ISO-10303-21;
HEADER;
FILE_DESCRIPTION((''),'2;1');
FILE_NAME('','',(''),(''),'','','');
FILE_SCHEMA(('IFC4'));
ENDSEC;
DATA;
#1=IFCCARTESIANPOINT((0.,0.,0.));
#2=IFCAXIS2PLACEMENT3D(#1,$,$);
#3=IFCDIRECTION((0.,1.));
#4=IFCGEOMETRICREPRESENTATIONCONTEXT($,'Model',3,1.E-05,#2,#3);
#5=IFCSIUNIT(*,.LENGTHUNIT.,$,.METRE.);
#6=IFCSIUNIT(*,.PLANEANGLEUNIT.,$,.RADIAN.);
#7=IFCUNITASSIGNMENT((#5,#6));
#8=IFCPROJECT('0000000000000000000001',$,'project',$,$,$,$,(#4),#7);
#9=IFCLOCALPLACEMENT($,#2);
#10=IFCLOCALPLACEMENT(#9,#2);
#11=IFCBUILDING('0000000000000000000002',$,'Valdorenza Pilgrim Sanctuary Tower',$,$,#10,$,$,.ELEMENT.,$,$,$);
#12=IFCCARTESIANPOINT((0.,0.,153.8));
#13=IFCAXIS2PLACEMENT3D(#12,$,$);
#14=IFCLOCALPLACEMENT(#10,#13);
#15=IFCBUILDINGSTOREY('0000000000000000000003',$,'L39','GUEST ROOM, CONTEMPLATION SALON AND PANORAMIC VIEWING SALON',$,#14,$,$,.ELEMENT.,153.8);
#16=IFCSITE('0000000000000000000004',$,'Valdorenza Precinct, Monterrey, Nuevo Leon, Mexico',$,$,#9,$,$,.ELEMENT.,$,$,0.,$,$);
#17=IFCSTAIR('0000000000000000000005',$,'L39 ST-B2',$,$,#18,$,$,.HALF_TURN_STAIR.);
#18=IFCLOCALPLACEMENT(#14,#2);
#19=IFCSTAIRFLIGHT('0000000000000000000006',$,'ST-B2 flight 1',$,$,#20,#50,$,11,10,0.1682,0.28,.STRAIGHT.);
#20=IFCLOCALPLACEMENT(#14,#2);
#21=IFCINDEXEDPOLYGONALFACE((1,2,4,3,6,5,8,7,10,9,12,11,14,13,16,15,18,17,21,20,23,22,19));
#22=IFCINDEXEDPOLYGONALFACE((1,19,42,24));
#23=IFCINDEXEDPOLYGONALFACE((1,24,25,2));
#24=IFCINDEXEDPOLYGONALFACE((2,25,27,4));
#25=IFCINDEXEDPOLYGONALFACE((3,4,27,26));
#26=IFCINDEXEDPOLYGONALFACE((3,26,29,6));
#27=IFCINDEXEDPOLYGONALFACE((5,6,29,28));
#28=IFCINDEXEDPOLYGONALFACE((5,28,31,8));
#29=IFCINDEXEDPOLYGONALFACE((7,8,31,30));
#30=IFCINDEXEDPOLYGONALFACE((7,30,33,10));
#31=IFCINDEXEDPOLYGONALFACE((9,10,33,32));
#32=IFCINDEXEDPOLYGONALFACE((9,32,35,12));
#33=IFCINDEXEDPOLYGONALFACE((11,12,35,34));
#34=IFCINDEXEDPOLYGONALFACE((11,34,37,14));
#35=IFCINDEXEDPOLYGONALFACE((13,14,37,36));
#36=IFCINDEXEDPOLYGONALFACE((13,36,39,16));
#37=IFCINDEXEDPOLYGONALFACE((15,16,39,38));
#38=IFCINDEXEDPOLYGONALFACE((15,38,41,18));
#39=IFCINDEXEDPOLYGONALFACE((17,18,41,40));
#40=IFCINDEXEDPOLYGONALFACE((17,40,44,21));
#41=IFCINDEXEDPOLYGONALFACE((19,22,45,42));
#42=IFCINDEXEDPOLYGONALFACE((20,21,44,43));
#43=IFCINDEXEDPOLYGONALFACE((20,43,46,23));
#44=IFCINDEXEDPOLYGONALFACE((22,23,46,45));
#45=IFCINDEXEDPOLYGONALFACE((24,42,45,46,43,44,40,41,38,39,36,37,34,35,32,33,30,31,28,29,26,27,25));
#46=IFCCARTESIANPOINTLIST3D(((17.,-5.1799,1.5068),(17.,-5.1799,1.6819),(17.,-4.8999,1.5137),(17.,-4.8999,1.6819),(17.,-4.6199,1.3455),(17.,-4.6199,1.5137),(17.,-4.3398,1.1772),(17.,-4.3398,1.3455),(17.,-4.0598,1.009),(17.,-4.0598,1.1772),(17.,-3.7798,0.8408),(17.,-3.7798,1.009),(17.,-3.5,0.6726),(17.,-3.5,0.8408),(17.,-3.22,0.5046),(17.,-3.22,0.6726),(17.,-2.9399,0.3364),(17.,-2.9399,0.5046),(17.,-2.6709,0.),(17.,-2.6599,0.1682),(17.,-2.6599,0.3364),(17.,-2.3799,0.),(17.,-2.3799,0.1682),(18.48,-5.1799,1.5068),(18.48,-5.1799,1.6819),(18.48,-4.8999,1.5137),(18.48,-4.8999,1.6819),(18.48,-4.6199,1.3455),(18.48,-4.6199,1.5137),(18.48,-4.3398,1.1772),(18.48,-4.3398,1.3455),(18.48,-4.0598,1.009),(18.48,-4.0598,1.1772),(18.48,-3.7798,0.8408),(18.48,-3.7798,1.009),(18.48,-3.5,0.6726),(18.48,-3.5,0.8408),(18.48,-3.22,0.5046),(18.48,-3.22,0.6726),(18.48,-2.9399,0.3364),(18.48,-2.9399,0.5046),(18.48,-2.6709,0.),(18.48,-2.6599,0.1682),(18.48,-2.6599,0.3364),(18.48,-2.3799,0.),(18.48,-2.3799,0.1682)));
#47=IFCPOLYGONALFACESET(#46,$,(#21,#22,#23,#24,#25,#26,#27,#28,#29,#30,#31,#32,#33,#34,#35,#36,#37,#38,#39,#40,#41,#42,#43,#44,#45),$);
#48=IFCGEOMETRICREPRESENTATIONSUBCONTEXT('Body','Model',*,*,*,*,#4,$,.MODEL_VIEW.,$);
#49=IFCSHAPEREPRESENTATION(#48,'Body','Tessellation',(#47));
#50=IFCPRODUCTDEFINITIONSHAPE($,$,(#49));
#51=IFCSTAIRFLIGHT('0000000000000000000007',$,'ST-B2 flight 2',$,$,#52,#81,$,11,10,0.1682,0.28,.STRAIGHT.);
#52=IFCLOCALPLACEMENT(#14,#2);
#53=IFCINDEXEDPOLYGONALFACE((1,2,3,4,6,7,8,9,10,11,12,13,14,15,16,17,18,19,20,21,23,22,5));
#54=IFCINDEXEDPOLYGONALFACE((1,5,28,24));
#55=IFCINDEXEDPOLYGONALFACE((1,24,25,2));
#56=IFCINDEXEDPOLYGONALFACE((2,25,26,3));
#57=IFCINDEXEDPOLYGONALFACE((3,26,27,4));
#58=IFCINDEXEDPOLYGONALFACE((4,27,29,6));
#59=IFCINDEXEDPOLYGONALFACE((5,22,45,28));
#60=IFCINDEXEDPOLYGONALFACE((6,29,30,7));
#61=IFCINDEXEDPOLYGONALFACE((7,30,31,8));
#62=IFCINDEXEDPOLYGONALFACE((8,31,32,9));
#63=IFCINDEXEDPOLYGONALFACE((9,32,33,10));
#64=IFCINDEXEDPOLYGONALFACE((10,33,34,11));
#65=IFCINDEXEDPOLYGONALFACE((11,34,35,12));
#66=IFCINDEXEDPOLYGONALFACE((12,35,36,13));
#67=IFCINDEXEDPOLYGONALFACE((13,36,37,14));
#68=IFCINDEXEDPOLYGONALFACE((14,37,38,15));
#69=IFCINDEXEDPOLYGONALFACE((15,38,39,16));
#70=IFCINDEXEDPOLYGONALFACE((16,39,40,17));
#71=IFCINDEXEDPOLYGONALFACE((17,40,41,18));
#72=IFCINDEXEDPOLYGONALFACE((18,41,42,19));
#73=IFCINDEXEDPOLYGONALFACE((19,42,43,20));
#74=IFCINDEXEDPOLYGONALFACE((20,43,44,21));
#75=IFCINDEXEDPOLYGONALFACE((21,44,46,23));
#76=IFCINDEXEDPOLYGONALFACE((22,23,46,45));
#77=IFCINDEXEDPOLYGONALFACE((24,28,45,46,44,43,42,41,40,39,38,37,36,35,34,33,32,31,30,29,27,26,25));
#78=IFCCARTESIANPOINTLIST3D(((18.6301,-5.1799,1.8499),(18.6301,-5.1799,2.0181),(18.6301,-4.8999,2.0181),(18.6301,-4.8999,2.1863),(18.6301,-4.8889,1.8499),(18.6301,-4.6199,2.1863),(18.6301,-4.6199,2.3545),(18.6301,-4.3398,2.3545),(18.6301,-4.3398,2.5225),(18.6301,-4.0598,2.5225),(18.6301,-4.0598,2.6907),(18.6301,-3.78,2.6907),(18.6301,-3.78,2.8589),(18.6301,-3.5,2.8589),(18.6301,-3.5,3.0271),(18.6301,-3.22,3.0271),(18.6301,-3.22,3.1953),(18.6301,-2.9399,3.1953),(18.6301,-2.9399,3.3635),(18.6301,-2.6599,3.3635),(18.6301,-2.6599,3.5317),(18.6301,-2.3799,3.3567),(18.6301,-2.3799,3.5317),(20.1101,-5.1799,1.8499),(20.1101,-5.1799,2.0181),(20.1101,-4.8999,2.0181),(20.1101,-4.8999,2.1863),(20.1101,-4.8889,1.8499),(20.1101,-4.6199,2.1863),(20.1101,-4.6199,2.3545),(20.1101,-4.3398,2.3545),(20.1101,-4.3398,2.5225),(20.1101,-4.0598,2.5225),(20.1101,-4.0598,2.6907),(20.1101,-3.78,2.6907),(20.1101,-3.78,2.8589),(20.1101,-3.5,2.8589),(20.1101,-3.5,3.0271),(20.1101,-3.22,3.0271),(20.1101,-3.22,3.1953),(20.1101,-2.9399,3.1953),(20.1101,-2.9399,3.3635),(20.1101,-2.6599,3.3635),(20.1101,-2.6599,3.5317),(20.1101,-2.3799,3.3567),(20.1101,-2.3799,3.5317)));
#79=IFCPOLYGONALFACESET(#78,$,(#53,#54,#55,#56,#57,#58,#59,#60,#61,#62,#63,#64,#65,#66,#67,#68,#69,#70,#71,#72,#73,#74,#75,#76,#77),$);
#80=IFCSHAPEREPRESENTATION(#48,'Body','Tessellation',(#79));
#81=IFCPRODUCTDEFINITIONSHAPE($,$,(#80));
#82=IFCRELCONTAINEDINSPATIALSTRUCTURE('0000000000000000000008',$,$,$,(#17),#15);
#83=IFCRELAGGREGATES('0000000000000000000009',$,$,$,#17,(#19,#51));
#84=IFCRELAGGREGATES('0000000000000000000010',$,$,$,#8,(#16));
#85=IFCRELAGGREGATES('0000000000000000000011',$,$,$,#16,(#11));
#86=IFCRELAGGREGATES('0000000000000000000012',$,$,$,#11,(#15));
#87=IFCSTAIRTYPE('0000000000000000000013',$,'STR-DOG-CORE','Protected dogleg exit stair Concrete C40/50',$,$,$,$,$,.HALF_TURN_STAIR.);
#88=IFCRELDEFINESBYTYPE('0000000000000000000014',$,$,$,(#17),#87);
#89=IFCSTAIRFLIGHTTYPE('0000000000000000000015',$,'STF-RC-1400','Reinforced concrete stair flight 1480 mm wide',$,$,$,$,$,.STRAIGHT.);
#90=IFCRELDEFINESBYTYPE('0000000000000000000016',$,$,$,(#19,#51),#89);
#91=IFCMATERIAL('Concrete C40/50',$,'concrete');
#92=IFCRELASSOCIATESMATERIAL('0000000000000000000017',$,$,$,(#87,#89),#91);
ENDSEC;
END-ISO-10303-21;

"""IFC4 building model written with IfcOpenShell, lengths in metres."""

from ifc_helpers import new_model, si_unit, direction, frame, origin, place, context, subcontext, project, spatial, polyline, outline, extrude, material, type_object, element, aggregate, save


model = new_model("IFC4")

# Units and contexts
model_context = context("Model", 3, precision=1e-05, world=origin(), true_north=direction((0.0, 1.0)))
body_context = subcontext(model_context, "Body", "Model", "MODEL_VIEW")
ifc_project = project(units=[si_unit("LENGTHUNIT", "METRE"), si_unit("PLANEANGLEUNIT", "RADIAN")], contexts=[model_context])

# Site, building, storey
site_placement = place(None, origin())
site = spatial("IfcSite", under=ifc_project, at=site_placement, Name="Valdorenza Precinct, Monterrey, Nuevo Leon, Mexico", CompositionType="ELEMENT", RefElevation=0.0)
building_placement = place(site_placement, origin())
building = spatial("IfcBuilding", under=site, at=building_placement, Name="Valdorenza Pilgrim Sanctuary Tower", CompositionType="ELEMENT")
storey_placement = place(building_placement, frame((0.0, 0.0, 153.8)))
storey = spatial("IfcBuildingStorey", under=building, at=storey_placement, Name="L39", Description="GUEST ROOM, CONTEMPLATION SALON AND PANORAMIC VIEWING SALON", CompositionType="ELEMENT", Elevation=153.8)

# Shared definitions
ifc_material_1 = material(Name="Concrete C40/50", Category="concrete")

# Stair, stair flights
stair_type = type_object("IfcStairType", Name="STR-DOG-CORE", Description="Protected dogleg exit stair Concrete C40/50", PredefinedType="HALF_TURN_STAIR", material=ifc_material_1)
stair_placement = place(storey_placement, origin())
stair = element("IfcStair", 1, at=stair_placement, inside=storey, type_object=stair_type, Name="L39 ST-B2", PredefinedType="HALF_TURN_STAIR")
stair_flight_type = type_object("IfcStairFlightType", Name="STF-RC-1400", Description="Reinforced concrete stair flight 1480 mm wide", PredefinedType="STRAIGHT", material=ifc_material_1)
stair_flight_1_placement = place(storey_placement, frame((17.74, -2.3799, 0.0), z_axis=(0.0, 0.0, 1.0), x_axis=(0.0, -1.0, 0.0)))
stair_flight_1 = element("IfcStairFlight", 2, at=stair_flight_1_placement, type_object=stair_flight_type, Name="ST-B2 flight 1", NumberOfRisers=11, NumberOfTreads=10, PredefinedType="STRAIGHT", RiserHeight=0.1682, TreadLength=0.28, context=body_context, shape_type="SweptSolid", body=[
    extrude(outline(polyline([(0.0, 0.0), (0.0, 0.1682), (0.28, 0.1682), (0.28, 0.3364), (0.5601, 0.3364), (0.5601, 0.5046), (0.8401, 0.5046), (0.8401, 0.6726), (1.1201, 0.6726), (1.1201, 0.8408), (1.3999, 0.8408), (1.3999, 1.009), (1.6799, 1.009), (1.6799, 1.1772), (1.96, 1.1772), (1.96, 1.3455), (2.24, 1.3455), (2.24, 1.5137), (2.52, 1.5137), (2.52, 1.6819), (2.8, 1.6819), (2.8, 1.8501), (2.8, 1.5068), (0.291, 0.0), (0.0, 0.0)])), frame((0.0, 0.74, 0.0), z_axis=(0.0, -1.0, 0.0), x_axis=(1.0, 0.0, 0.0)), (0.0, 0.0, 1.0), 1.48),
])
stair_flight_2_placement = place(storey_placement, frame((19.3701, -5.1799, 1.8499), z_axis=(0.0, 0.0, 1.0), x_axis=(0.0, 1.0, 0.0)))
stair_flight_2 = element("IfcStairFlight", 3, at=stair_flight_2_placement, type_object=stair_flight_type, Name="ST-B2 flight 2", NumberOfRisers=11, NumberOfTreads=10, PredefinedType="STRAIGHT", RiserHeight=0.1682, TreadLength=0.28, context=body_context, shape_type="SweptSolid", body=[
    extrude(outline(polyline([(0.0, 0.0), (0.0, 0.1682), (0.28, 0.1682), (0.28, 0.3364), (0.5601, 0.3364), (0.5601, 0.5046), (0.8401, 0.5046), (0.8401, 0.6726), (1.1201, 0.6726), (1.1201, 0.8408), (1.3999, 0.8408), (1.3999, 1.009), (1.6799, 1.009), (1.6799, 1.1772), (1.96, 1.1772), (1.96, 1.3455), (2.24, 1.3455), (2.24, 1.5137), (2.52, 1.5137), (2.52, 1.6819), (2.8, 1.6819), (2.8, 1.8501), (2.8, 1.5068), (0.291, 0.0), (0.0, 0.0)])), frame((0.0, 0.74, 0.0), z_axis=(0.0, -1.0, 0.0), x_axis=(1.0, 0.0, 0.0)), (0.0, 0.0, 1.0), 1.48),
])
aggregate(stair, [stair_flight_1, stair_flight_2])

save(model, "model.ifc")
